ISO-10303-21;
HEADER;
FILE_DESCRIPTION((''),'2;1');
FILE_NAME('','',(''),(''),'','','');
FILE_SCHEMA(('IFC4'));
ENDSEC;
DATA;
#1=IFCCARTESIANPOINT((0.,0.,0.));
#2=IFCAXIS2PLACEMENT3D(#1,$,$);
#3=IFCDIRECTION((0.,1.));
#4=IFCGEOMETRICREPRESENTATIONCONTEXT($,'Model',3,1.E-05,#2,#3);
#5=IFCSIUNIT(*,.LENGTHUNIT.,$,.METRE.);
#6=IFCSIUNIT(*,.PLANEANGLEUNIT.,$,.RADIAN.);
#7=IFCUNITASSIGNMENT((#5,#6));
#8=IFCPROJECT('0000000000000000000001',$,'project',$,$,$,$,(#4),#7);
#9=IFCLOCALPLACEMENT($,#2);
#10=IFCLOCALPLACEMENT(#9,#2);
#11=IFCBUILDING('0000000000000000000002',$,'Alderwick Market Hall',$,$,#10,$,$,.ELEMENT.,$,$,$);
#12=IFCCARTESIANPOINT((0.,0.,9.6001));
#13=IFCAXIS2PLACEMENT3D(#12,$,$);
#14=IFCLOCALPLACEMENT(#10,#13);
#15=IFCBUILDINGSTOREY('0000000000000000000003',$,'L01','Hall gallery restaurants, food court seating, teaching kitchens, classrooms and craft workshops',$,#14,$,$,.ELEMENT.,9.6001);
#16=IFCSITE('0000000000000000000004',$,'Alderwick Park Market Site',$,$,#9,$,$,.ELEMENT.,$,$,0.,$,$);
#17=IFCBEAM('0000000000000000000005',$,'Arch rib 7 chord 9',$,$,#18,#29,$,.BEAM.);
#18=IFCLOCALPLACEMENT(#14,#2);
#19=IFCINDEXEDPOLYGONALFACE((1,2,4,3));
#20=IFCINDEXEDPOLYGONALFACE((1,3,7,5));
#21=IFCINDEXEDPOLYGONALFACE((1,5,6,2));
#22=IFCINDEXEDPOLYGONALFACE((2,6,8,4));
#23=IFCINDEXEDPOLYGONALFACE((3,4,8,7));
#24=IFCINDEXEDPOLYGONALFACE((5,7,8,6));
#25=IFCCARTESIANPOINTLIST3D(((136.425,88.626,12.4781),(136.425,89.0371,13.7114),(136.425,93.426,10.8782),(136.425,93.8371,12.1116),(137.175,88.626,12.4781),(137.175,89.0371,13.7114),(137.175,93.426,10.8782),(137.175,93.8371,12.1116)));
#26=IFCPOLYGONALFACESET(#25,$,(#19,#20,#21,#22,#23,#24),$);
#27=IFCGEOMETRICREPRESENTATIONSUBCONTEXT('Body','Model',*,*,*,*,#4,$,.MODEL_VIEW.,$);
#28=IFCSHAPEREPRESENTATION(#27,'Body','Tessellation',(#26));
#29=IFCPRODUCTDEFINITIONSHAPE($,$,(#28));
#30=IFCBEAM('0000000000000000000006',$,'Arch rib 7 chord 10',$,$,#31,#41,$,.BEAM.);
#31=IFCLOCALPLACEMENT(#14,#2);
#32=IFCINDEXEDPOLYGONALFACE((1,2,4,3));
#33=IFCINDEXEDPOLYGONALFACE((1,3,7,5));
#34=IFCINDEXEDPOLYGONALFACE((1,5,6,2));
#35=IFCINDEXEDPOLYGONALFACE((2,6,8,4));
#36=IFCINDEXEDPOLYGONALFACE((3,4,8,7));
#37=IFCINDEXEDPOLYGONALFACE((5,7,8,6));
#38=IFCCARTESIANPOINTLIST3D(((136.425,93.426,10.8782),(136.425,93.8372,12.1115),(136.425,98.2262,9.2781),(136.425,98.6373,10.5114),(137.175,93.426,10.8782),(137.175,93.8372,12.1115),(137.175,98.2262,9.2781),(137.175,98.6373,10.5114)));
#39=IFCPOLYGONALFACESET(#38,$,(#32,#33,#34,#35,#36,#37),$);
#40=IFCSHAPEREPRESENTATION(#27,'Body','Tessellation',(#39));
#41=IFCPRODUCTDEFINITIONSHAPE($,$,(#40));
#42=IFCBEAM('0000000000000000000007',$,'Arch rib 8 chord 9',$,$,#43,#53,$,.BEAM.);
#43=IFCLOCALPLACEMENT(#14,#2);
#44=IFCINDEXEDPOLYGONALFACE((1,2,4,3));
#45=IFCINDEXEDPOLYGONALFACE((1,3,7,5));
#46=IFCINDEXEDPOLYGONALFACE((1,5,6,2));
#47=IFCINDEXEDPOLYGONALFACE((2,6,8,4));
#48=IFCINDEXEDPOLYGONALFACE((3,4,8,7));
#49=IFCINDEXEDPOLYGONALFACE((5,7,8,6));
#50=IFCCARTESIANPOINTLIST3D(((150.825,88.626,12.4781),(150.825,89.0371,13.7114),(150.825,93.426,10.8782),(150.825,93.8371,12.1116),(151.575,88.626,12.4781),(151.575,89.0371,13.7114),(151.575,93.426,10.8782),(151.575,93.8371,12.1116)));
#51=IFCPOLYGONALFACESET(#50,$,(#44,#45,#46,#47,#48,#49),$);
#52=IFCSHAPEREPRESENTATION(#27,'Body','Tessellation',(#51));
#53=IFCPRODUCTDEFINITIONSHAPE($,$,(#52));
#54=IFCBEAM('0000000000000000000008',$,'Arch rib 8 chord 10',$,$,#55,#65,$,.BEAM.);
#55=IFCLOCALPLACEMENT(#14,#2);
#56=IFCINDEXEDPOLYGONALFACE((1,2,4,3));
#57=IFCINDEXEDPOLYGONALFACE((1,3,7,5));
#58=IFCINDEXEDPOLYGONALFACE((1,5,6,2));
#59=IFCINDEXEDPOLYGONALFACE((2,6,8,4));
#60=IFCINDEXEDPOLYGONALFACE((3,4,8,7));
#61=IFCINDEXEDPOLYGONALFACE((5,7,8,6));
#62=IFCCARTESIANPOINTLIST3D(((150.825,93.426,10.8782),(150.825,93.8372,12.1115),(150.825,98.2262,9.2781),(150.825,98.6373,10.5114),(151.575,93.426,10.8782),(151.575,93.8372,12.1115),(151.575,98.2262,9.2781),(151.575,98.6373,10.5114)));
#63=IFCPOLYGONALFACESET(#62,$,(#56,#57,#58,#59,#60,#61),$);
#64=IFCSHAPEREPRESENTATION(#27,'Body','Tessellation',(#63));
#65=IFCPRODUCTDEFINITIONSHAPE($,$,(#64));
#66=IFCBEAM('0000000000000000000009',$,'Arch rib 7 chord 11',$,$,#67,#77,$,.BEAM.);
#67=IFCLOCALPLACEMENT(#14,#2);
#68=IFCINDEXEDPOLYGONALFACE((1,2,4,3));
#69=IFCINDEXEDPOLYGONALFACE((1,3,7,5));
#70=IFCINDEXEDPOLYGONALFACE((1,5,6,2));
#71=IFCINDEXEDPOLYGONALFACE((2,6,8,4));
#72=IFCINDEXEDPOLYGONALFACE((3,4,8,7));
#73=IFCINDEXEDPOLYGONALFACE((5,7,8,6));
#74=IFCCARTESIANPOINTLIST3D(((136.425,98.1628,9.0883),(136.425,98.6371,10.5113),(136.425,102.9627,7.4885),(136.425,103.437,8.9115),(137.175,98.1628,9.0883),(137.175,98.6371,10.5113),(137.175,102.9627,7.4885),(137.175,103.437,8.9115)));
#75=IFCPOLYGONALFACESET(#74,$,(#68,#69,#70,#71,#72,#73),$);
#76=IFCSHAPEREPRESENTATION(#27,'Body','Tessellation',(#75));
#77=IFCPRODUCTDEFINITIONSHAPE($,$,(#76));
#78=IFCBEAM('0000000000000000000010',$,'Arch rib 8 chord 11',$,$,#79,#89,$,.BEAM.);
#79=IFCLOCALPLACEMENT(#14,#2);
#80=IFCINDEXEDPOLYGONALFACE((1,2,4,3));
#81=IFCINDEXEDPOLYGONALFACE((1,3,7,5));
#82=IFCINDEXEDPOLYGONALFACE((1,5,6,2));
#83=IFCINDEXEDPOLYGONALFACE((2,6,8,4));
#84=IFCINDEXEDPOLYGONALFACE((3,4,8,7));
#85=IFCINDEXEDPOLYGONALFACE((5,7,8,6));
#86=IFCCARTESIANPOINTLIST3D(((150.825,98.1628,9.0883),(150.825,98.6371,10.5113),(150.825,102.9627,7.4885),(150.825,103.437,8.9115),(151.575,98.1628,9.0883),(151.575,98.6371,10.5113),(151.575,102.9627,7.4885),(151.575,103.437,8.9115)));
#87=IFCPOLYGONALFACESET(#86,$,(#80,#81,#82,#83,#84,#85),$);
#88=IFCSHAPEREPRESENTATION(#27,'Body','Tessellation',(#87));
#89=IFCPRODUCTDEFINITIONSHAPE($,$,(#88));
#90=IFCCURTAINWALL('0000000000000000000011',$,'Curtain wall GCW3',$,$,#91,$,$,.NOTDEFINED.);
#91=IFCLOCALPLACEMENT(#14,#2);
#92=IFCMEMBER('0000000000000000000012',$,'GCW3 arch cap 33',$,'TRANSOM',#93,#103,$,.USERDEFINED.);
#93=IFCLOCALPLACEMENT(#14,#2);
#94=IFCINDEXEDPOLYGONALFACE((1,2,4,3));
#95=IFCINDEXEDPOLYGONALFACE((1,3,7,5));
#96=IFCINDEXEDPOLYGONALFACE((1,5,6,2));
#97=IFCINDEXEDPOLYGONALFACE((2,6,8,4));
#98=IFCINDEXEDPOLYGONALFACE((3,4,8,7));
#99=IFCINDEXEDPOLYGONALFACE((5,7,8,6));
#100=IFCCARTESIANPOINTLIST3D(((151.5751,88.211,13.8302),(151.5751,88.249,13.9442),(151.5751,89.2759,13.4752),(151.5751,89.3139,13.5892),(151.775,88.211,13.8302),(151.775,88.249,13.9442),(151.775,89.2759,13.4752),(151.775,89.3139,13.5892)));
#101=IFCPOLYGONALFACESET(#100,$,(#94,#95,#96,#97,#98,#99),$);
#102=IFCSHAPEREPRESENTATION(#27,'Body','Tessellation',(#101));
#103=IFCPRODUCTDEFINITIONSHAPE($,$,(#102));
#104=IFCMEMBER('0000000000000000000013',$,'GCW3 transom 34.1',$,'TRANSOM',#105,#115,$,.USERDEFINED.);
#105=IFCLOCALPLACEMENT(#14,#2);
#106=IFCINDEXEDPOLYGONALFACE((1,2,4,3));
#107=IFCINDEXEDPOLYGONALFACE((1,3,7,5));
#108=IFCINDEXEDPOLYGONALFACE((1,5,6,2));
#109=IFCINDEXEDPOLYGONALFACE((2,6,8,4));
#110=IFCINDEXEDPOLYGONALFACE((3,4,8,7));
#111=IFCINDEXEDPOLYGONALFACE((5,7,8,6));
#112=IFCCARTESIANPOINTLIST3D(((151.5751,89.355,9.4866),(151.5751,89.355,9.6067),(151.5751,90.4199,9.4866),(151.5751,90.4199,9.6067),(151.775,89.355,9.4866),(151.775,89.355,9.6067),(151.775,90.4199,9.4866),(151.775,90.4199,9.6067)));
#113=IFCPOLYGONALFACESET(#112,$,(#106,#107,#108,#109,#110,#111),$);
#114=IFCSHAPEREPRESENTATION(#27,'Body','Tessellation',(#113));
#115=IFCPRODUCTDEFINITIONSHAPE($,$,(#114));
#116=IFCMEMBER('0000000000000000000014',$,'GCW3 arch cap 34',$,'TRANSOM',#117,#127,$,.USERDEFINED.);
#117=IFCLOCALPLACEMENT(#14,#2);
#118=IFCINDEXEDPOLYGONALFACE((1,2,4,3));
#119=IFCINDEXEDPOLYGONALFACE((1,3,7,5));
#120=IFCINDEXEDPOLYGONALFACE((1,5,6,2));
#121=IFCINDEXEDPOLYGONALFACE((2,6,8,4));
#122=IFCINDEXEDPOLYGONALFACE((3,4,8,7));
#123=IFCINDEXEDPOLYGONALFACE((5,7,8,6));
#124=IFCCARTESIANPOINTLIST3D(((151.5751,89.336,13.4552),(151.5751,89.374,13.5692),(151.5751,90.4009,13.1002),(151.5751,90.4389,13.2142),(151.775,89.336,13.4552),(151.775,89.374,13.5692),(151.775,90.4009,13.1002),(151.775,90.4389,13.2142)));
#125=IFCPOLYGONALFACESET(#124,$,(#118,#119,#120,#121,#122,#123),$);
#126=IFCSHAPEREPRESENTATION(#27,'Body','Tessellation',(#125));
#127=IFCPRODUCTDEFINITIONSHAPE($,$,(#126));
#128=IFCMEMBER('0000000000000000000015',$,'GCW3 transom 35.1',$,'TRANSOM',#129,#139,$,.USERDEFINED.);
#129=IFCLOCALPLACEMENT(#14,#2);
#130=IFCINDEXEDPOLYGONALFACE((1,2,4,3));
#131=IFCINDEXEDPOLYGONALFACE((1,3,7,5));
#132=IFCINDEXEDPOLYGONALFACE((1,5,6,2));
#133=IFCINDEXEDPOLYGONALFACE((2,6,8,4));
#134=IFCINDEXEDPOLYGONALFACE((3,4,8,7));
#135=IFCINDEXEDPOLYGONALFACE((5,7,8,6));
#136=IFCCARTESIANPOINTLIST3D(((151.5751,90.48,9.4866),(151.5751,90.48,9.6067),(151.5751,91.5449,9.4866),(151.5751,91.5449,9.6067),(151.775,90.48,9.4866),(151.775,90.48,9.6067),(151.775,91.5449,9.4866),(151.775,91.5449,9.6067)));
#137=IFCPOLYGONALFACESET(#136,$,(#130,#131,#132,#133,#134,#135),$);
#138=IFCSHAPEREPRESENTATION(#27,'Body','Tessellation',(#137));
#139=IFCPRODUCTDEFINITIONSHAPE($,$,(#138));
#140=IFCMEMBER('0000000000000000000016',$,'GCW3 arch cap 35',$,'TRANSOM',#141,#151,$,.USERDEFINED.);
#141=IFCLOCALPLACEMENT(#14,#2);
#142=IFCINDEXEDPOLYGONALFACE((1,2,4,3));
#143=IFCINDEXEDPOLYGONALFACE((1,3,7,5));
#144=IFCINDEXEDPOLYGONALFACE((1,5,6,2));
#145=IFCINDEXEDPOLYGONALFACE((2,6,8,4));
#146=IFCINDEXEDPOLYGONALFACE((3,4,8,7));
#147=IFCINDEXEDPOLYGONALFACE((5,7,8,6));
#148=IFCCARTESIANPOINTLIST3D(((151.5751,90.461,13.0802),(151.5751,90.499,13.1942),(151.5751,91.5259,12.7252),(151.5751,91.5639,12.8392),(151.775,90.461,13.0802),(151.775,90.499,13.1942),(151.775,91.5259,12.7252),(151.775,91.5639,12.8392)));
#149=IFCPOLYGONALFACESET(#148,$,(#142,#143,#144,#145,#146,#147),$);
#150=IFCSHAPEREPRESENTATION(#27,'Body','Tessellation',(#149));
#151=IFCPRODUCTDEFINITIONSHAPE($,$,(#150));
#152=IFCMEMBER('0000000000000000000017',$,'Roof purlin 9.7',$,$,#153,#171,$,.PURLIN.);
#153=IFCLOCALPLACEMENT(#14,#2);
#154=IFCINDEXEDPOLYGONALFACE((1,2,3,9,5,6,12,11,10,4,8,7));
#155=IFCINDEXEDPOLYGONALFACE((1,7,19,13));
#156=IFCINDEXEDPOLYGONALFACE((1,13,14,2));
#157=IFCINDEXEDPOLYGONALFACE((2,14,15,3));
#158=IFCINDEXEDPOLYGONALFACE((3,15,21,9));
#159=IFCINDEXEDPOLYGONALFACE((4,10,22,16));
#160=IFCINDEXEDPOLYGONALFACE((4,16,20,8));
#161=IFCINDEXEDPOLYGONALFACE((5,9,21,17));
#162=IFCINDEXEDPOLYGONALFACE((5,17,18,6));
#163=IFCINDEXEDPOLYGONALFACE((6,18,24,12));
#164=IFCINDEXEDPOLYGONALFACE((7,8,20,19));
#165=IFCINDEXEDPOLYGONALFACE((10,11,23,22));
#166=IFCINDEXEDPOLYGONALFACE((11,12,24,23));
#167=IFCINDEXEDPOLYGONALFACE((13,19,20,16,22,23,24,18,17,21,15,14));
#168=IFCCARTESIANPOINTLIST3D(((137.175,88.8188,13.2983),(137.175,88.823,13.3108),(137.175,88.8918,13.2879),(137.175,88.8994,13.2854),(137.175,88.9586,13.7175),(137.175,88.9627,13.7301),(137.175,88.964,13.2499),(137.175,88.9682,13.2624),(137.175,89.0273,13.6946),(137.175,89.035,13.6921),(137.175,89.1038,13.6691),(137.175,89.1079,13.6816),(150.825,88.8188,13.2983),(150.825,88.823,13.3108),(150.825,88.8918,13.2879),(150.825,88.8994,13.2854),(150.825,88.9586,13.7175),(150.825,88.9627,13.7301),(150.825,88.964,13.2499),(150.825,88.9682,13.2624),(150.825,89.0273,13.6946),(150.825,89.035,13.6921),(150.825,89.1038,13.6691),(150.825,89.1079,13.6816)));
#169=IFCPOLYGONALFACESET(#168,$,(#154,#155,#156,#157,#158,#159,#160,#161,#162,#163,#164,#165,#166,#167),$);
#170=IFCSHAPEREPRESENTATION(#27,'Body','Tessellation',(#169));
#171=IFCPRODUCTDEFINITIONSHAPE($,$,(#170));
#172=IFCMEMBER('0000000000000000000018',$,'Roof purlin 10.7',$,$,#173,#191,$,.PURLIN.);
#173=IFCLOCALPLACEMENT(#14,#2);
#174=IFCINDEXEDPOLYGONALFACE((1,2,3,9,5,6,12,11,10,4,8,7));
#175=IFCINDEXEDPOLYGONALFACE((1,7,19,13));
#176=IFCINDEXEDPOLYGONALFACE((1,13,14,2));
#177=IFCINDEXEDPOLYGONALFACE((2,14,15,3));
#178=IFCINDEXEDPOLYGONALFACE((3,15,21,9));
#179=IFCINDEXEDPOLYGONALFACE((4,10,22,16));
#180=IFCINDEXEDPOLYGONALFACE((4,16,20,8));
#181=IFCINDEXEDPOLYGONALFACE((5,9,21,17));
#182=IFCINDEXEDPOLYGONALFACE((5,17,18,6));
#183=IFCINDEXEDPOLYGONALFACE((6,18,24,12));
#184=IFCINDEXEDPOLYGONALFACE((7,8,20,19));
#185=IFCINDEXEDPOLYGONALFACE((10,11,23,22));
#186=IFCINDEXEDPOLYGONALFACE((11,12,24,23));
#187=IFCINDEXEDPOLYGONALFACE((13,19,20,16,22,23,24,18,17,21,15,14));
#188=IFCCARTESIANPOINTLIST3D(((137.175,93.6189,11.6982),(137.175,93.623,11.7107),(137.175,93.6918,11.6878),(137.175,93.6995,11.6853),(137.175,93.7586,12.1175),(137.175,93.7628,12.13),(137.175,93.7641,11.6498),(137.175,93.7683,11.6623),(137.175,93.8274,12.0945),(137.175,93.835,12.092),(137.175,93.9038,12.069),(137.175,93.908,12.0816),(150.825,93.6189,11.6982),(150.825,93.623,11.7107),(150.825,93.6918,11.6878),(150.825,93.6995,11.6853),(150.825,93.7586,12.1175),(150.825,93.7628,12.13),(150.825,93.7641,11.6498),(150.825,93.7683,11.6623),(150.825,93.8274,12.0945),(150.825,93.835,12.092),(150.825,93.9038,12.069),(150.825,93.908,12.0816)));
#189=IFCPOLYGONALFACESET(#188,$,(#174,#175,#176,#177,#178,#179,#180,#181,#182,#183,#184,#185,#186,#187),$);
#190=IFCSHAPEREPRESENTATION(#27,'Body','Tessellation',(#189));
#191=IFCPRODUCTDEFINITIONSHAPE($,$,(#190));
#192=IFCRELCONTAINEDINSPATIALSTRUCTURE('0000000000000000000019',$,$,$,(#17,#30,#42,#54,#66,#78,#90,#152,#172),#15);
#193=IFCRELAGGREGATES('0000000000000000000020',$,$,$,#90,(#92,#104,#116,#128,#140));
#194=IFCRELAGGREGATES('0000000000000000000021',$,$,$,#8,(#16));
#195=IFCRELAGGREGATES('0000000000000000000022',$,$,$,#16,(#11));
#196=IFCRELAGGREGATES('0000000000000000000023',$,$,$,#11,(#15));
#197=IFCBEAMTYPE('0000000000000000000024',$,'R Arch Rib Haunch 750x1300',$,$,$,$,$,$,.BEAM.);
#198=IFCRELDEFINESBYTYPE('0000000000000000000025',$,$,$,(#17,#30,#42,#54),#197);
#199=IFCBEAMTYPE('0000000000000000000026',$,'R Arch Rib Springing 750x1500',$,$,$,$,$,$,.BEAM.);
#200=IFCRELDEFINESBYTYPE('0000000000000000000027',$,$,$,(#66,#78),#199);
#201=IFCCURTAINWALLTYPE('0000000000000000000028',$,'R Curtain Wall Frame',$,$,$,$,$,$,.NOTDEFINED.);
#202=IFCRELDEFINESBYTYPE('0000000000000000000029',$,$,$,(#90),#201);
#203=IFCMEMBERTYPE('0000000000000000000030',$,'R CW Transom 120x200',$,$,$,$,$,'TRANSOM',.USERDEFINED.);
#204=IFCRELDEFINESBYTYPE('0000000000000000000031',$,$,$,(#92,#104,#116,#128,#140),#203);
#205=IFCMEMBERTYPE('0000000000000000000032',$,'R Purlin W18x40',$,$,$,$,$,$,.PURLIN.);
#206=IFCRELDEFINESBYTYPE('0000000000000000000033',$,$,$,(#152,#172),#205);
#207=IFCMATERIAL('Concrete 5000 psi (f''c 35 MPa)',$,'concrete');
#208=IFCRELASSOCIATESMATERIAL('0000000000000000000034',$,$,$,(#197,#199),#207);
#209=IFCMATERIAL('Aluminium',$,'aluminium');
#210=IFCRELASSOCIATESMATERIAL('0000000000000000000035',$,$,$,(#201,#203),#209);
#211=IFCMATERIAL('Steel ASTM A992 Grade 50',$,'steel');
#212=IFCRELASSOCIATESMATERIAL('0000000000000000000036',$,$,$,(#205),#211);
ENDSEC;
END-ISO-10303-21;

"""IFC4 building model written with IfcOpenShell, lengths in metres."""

from ifc_helpers import new_model, si_unit, direction, frame, origin, origin_2d, place, context, subcontext, project, spatial, rectangle, i_section, extrude, material, material_profile, profile_set, type_object, element, aggregate, save


model = new_model("IFC4")

# Units and contexts
model_context = context("Model", 3, precision=1e-05, world=origin(), true_north=direction((0.0, 1.0)))
body_context = subcontext(model_context, "Body", "Model", "MODEL_VIEW")
ifc_project = project(units=[si_unit("LENGTHUNIT", "METRE"), si_unit("PLANEANGLEUNIT", "RADIAN")], contexts=[model_context])

# Site, building, storey
site_placement = place(None, origin())
site = spatial("IfcSite", under=ifc_project, at=site_placement, Name="Alderwick Park Market Site", CompositionType="ELEMENT", RefElevation=0.0)
building_placement = place(site_placement, origin())
building = spatial("IfcBuilding", under=site, at=building_placement, Name="Alderwick Market Hall", CompositionType="ELEMENT")
storey_placement = place(building_placement, frame((0.0, 0.0, 9.6001)))
storey = spatial("IfcBuildingStorey", under=building, at=storey_placement, Name="L01", Description="Hall gallery restaurants, food court seating, teaching kitchens, classrooms and craft workshops", CompositionType="ELEMENT", Elevation=9.6001)

# Beams
ifc_material_1 = material(Name="Concrete 5000 psi (f'c 35 MPa)", Category="concrete")
ifc_material_profile_1 = material_profile(ifc_material_1, rectangle(XDim=0.75, YDim=1.3, at=origin_2d()), Name="RC 750x1300")
ifc_profile_set_1 = profile_set([ifc_material_profile_1], Name="Concrete 5000 psi (f'c 35 MPa)")
beam_type_1 = type_object("IfcBeamType", Name="R Arch Rib Haunch 750x1300", PredefinedType="BEAM", material=ifc_profile_set_1)
beam_1_placement = place(storey_placement, frame((136.8, 88.8315, 13.0947), z_axis=(0.0, 0.948693, -0.316199), x_axis=(-1.0, 0.0, 0.0)))
element("IfcBeam", 1, at=beam_1_placement, inside=storey, type_object=beam_type_1, Name="Arch rib 7 chord 9", PredefinedType="BEAM", context=body_context, shape_type="SweptSolid", body=[
    extrude(rectangle(XDim=0.75, YDim=1.3, at=origin_2d()), origin(), (0.0, 0.0, 1.0), 5.0596),
])
beam_2_placement = place(storey_placement, frame((136.8, 93.6316, 11.4949), z_axis=(0.0, 0.948678, -0.316242), x_axis=(-1.0, 0.0, 0.0)))
element("IfcBeam", 2, at=beam_2_placement, inside=storey, type_object=beam_type_1, Name="Arch rib 7 chord 10", PredefinedType="BEAM", context=body_context, shape_type="SweptSolid", body=[
    extrude(rectangle(XDim=0.75, YDim=1.3, at=origin_2d()), origin(), (0.0, 0.0, 1.0), 5.0598),
])
beam_3_placement = place(storey_placement, frame((151.2, 88.8315, 13.0947), z_axis=(0.0, 0.948693, -0.316199), x_axis=(-1.0, 0.0, 0.0)))
element("IfcBeam", 3, at=beam_3_placement, inside=storey, type_object=beam_type_1, Name="Arch rib 8 chord 9", PredefinedType="BEAM", context=body_context, shape_type="SweptSolid", body=[
    extrude(rectangle(XDim=0.75, YDim=1.3, at=origin_2d()), origin(), (0.0, 0.0, 1.0), 5.0596),
])
beam_4_placement = place(storey_placement, frame((151.2, 93.6316, 11.4949), z_axis=(0.0, 0.948678, -0.316242), x_axis=(-1.0, 0.0, 0.0)))
element("IfcBeam", 4, at=beam_4_placement, inside=storey, type_object=beam_type_1, Name="Arch rib 8 chord 10", PredefinedType="BEAM", context=body_context, shape_type="SweptSolid", body=[
    extrude(rectangle(XDim=0.75, YDim=1.3, at=origin_2d()), origin(), (0.0, 0.0, 1.0), 5.0598),
])
ifc_material_profile_2 = material_profile(ifc_material_1, rectangle(XDim=0.75, YDim=1.5, at=origin_2d()), Name="RC 750x1500")
ifc_profile_set_2 = profile_set([ifc_material_profile_2], Name="Concrete 5000 psi (f'c 35 MPa)")
beam_type_2 = type_object("IfcBeamType", Name="R Arch Rib Springing 750x1500", PredefinedType="BEAM", material=ifc_profile_set_2)
for number, where, z_axis, x_axis, name in (
    (5, (136.8, 98.3999, 9.7998), (0.0, 0.948693, -0.316199), (-1.0, 0.0, 0.0), "Arch rib 7 chord 11"),
    (6, (151.2, 98.3999, 9.7998), (0.0, 0.948693, -0.316199), (-1.0, 0.0, 0.0), "Arch rib 8 chord 11"),
):
    element("IfcBeam", number, at=place(storey_placement, frame(where, z_axis=z_axis, x_axis=x_axis)), inside=storey, type_object=beam_type_2, Name=name, PredefinedType="BEAM", context=body_context, shape_type="SweptSolid", body=[
        extrude(rectangle(XDim=0.75, YDim=1.5, at=origin_2d()), origin(), (0.0, 0.0, 1.0), 5.0596),
    ])

# Curtain wall, members
ifc_material_2 = material(Name="Aluminium", Category="aluminium")
curtain_wall_type = type_object("IfcCurtainWallType", Name="R Curtain Wall Frame", PredefinedType="NOTDEFINED", material=ifc_material_2)
curtain_wall_placement = place(storey_placement, origin())
curtain_wall = element("IfcCurtainWall", 7, at=curtain_wall_placement, inside=storey, type_object=curtain_wall_type, Name="Curtain wall GCW3", PredefinedType="NOTDEFINED")
ifc_material_profile_3 = material_profile(ifc_material_2, rectangle(XDim=0.2, YDim=0.1201, at=origin_2d()), Name="AL 120x200")
ifc_profile_set_3 = profile_set([ifc_material_profile_3], Name="Aluminium")
member_type_1 = type_object("IfcMemberType", Name="R CW Transom 120x200", ElementType="TRANSOM", PredefinedType="USERDEFINED", material=ifc_profile_set_3)
member_1_placement = place(storey_placement, frame((151.675, 88.23, 13.8872), z_axis=(0.0, 0.948683, -0.316228), x_axis=(-1.0, 0.0, 0.0)))
member_1 = element("IfcMember", 8, at=member_1_placement, type_object=member_type_1, Name="GCW3 arch cap 33", ObjectType="TRANSOM", PredefinedType="USERDEFINED", context=body_context, shape_type="SweptSolid", body=[
    extrude(rectangle(XDim=0.2, YDim=0.1201, at=origin_2d()), origin(), (0.0, 0.0, 1.0), 1.1226),
])
member_2_placement = place(storey_placement, frame((151.675, 89.355, 9.5466), z_axis=(0.0, 1.0, 0.0), x_axis=(-1.0, 0.0, 0.0)))
member_2 = element("IfcMember", 9, at=member_2_placement, type_object=member_type_1, Name="GCW3 transom 34.1", ObjectType="TRANSOM", PredefinedType="USERDEFINED", context=body_context, shape_type="SweptSolid", body=[
    extrude(rectangle(XDim=0.2, YDim=0.1201, at=origin_2d()), origin(), (0.0, 0.0, 1.0), 1.0649),
])
member_3_placement = place(storey_placement, frame((151.675, 89.355, 13.5122), z_axis=(0.0, 0.948683, -0.316228), x_axis=(-1.0, 0.0, 0.0)))
member_3 = element("IfcMember", 10, at=member_3_placement, type_object=member_type_1, Name="GCW3 arch cap 34", ObjectType="TRANSOM", PredefinedType="USERDEFINED", context=body_context, shape_type="SweptSolid", body=[
    extrude(rectangle(XDim=0.2, YDim=0.1201, at=origin_2d()), origin(), (0.0, 0.0, 1.0), 1.1226),
])
member_4_placement = place(storey_placement, frame((151.675, 90.48, 9.5466), z_axis=(0.0, 1.0, 0.0), x_axis=(-1.0, 0.0, 0.0)))
member_4 = element("IfcMember", 11, at=member_4_placement, type_object=member_type_1, Name="GCW3 transom 35.1", ObjectType="TRANSOM", PredefinedType="USERDEFINED", context=body_context, shape_type="SweptSolid", body=[
    extrude(rectangle(XDim=0.2, YDim=0.1201, at=origin_2d()), origin(), (0.0, 0.0, 1.0), 1.0649),
])
member_5_placement = place(storey_placement, frame((151.675, 90.48, 13.1372), z_axis=(0.0, 0.948683, -0.316228), x_axis=(-1.0, 0.0, 0.0)))
member_5 = element("IfcMember", 12, at=member_5_placement, type_object=member_type_1, Name="GCW3 arch cap 35", ObjectType="TRANSOM", PredefinedType="USERDEFINED", context=body_context, shape_type="SweptSolid", body=[
    extrude(rectangle(XDim=0.2, YDim=0.1201, at=origin_2d()), origin(), (0.0, 0.0, 1.0), 1.1226),
])

# Members
ifc_material_3 = material(Name="Steel ASTM A992 Grade 50", Category="steel")
ifc_material_profile_4 = material_profile(ifc_material_3, i_section(OverallWidth=0.1531, OverallDepth=0.4551, WebThickness=0.0081, FlangeThickness=0.0132, at=origin_2d()), Name="W18x40")
ifc_profile_set_4 = profile_set([ifc_material_profile_4], Name="Steel ASTM A992 Grade 50")
member_type_2 = type_object("IfcMemberType", Name="R Purlin W18x40", PredefinedType="PURLIN", material=ifc_profile_set_4)
for number, where, z_axis, x_axis, name in (
    (13, (137.175, 88.9634, 13.49), (1.0, 0.0, 0.0), (0.0, 0.948683, -0.316228), "Roof purlin 9.7"),
    (14, (137.175, 93.7634, 11.8899), (1.0, 0.0, 0.0), (0.0, 0.948683, -0.316228), "Roof purlin 10.7"),
):
    element("IfcMember", number, at=place(storey_placement, frame(where, z_axis=z_axis, x_axis=x_axis)), inside=storey, type_object=member_type_2, Name=name, PredefinedType="PURLIN", context=body_context, shape_type="SweptSolid", body=[
        extrude(i_section(OverallWidth=0.1531, OverallDepth=0.4551, WebThickness=0.0081, FlangeThickness=0.0132, at=origin_2d()), origin(), (0.0, 0.0, 1.0), 13.6499),
    ])

aggregate(curtain_wall, [member_1, member_2, member_3, member_4, member_5])

save(model, "model.ifc")
